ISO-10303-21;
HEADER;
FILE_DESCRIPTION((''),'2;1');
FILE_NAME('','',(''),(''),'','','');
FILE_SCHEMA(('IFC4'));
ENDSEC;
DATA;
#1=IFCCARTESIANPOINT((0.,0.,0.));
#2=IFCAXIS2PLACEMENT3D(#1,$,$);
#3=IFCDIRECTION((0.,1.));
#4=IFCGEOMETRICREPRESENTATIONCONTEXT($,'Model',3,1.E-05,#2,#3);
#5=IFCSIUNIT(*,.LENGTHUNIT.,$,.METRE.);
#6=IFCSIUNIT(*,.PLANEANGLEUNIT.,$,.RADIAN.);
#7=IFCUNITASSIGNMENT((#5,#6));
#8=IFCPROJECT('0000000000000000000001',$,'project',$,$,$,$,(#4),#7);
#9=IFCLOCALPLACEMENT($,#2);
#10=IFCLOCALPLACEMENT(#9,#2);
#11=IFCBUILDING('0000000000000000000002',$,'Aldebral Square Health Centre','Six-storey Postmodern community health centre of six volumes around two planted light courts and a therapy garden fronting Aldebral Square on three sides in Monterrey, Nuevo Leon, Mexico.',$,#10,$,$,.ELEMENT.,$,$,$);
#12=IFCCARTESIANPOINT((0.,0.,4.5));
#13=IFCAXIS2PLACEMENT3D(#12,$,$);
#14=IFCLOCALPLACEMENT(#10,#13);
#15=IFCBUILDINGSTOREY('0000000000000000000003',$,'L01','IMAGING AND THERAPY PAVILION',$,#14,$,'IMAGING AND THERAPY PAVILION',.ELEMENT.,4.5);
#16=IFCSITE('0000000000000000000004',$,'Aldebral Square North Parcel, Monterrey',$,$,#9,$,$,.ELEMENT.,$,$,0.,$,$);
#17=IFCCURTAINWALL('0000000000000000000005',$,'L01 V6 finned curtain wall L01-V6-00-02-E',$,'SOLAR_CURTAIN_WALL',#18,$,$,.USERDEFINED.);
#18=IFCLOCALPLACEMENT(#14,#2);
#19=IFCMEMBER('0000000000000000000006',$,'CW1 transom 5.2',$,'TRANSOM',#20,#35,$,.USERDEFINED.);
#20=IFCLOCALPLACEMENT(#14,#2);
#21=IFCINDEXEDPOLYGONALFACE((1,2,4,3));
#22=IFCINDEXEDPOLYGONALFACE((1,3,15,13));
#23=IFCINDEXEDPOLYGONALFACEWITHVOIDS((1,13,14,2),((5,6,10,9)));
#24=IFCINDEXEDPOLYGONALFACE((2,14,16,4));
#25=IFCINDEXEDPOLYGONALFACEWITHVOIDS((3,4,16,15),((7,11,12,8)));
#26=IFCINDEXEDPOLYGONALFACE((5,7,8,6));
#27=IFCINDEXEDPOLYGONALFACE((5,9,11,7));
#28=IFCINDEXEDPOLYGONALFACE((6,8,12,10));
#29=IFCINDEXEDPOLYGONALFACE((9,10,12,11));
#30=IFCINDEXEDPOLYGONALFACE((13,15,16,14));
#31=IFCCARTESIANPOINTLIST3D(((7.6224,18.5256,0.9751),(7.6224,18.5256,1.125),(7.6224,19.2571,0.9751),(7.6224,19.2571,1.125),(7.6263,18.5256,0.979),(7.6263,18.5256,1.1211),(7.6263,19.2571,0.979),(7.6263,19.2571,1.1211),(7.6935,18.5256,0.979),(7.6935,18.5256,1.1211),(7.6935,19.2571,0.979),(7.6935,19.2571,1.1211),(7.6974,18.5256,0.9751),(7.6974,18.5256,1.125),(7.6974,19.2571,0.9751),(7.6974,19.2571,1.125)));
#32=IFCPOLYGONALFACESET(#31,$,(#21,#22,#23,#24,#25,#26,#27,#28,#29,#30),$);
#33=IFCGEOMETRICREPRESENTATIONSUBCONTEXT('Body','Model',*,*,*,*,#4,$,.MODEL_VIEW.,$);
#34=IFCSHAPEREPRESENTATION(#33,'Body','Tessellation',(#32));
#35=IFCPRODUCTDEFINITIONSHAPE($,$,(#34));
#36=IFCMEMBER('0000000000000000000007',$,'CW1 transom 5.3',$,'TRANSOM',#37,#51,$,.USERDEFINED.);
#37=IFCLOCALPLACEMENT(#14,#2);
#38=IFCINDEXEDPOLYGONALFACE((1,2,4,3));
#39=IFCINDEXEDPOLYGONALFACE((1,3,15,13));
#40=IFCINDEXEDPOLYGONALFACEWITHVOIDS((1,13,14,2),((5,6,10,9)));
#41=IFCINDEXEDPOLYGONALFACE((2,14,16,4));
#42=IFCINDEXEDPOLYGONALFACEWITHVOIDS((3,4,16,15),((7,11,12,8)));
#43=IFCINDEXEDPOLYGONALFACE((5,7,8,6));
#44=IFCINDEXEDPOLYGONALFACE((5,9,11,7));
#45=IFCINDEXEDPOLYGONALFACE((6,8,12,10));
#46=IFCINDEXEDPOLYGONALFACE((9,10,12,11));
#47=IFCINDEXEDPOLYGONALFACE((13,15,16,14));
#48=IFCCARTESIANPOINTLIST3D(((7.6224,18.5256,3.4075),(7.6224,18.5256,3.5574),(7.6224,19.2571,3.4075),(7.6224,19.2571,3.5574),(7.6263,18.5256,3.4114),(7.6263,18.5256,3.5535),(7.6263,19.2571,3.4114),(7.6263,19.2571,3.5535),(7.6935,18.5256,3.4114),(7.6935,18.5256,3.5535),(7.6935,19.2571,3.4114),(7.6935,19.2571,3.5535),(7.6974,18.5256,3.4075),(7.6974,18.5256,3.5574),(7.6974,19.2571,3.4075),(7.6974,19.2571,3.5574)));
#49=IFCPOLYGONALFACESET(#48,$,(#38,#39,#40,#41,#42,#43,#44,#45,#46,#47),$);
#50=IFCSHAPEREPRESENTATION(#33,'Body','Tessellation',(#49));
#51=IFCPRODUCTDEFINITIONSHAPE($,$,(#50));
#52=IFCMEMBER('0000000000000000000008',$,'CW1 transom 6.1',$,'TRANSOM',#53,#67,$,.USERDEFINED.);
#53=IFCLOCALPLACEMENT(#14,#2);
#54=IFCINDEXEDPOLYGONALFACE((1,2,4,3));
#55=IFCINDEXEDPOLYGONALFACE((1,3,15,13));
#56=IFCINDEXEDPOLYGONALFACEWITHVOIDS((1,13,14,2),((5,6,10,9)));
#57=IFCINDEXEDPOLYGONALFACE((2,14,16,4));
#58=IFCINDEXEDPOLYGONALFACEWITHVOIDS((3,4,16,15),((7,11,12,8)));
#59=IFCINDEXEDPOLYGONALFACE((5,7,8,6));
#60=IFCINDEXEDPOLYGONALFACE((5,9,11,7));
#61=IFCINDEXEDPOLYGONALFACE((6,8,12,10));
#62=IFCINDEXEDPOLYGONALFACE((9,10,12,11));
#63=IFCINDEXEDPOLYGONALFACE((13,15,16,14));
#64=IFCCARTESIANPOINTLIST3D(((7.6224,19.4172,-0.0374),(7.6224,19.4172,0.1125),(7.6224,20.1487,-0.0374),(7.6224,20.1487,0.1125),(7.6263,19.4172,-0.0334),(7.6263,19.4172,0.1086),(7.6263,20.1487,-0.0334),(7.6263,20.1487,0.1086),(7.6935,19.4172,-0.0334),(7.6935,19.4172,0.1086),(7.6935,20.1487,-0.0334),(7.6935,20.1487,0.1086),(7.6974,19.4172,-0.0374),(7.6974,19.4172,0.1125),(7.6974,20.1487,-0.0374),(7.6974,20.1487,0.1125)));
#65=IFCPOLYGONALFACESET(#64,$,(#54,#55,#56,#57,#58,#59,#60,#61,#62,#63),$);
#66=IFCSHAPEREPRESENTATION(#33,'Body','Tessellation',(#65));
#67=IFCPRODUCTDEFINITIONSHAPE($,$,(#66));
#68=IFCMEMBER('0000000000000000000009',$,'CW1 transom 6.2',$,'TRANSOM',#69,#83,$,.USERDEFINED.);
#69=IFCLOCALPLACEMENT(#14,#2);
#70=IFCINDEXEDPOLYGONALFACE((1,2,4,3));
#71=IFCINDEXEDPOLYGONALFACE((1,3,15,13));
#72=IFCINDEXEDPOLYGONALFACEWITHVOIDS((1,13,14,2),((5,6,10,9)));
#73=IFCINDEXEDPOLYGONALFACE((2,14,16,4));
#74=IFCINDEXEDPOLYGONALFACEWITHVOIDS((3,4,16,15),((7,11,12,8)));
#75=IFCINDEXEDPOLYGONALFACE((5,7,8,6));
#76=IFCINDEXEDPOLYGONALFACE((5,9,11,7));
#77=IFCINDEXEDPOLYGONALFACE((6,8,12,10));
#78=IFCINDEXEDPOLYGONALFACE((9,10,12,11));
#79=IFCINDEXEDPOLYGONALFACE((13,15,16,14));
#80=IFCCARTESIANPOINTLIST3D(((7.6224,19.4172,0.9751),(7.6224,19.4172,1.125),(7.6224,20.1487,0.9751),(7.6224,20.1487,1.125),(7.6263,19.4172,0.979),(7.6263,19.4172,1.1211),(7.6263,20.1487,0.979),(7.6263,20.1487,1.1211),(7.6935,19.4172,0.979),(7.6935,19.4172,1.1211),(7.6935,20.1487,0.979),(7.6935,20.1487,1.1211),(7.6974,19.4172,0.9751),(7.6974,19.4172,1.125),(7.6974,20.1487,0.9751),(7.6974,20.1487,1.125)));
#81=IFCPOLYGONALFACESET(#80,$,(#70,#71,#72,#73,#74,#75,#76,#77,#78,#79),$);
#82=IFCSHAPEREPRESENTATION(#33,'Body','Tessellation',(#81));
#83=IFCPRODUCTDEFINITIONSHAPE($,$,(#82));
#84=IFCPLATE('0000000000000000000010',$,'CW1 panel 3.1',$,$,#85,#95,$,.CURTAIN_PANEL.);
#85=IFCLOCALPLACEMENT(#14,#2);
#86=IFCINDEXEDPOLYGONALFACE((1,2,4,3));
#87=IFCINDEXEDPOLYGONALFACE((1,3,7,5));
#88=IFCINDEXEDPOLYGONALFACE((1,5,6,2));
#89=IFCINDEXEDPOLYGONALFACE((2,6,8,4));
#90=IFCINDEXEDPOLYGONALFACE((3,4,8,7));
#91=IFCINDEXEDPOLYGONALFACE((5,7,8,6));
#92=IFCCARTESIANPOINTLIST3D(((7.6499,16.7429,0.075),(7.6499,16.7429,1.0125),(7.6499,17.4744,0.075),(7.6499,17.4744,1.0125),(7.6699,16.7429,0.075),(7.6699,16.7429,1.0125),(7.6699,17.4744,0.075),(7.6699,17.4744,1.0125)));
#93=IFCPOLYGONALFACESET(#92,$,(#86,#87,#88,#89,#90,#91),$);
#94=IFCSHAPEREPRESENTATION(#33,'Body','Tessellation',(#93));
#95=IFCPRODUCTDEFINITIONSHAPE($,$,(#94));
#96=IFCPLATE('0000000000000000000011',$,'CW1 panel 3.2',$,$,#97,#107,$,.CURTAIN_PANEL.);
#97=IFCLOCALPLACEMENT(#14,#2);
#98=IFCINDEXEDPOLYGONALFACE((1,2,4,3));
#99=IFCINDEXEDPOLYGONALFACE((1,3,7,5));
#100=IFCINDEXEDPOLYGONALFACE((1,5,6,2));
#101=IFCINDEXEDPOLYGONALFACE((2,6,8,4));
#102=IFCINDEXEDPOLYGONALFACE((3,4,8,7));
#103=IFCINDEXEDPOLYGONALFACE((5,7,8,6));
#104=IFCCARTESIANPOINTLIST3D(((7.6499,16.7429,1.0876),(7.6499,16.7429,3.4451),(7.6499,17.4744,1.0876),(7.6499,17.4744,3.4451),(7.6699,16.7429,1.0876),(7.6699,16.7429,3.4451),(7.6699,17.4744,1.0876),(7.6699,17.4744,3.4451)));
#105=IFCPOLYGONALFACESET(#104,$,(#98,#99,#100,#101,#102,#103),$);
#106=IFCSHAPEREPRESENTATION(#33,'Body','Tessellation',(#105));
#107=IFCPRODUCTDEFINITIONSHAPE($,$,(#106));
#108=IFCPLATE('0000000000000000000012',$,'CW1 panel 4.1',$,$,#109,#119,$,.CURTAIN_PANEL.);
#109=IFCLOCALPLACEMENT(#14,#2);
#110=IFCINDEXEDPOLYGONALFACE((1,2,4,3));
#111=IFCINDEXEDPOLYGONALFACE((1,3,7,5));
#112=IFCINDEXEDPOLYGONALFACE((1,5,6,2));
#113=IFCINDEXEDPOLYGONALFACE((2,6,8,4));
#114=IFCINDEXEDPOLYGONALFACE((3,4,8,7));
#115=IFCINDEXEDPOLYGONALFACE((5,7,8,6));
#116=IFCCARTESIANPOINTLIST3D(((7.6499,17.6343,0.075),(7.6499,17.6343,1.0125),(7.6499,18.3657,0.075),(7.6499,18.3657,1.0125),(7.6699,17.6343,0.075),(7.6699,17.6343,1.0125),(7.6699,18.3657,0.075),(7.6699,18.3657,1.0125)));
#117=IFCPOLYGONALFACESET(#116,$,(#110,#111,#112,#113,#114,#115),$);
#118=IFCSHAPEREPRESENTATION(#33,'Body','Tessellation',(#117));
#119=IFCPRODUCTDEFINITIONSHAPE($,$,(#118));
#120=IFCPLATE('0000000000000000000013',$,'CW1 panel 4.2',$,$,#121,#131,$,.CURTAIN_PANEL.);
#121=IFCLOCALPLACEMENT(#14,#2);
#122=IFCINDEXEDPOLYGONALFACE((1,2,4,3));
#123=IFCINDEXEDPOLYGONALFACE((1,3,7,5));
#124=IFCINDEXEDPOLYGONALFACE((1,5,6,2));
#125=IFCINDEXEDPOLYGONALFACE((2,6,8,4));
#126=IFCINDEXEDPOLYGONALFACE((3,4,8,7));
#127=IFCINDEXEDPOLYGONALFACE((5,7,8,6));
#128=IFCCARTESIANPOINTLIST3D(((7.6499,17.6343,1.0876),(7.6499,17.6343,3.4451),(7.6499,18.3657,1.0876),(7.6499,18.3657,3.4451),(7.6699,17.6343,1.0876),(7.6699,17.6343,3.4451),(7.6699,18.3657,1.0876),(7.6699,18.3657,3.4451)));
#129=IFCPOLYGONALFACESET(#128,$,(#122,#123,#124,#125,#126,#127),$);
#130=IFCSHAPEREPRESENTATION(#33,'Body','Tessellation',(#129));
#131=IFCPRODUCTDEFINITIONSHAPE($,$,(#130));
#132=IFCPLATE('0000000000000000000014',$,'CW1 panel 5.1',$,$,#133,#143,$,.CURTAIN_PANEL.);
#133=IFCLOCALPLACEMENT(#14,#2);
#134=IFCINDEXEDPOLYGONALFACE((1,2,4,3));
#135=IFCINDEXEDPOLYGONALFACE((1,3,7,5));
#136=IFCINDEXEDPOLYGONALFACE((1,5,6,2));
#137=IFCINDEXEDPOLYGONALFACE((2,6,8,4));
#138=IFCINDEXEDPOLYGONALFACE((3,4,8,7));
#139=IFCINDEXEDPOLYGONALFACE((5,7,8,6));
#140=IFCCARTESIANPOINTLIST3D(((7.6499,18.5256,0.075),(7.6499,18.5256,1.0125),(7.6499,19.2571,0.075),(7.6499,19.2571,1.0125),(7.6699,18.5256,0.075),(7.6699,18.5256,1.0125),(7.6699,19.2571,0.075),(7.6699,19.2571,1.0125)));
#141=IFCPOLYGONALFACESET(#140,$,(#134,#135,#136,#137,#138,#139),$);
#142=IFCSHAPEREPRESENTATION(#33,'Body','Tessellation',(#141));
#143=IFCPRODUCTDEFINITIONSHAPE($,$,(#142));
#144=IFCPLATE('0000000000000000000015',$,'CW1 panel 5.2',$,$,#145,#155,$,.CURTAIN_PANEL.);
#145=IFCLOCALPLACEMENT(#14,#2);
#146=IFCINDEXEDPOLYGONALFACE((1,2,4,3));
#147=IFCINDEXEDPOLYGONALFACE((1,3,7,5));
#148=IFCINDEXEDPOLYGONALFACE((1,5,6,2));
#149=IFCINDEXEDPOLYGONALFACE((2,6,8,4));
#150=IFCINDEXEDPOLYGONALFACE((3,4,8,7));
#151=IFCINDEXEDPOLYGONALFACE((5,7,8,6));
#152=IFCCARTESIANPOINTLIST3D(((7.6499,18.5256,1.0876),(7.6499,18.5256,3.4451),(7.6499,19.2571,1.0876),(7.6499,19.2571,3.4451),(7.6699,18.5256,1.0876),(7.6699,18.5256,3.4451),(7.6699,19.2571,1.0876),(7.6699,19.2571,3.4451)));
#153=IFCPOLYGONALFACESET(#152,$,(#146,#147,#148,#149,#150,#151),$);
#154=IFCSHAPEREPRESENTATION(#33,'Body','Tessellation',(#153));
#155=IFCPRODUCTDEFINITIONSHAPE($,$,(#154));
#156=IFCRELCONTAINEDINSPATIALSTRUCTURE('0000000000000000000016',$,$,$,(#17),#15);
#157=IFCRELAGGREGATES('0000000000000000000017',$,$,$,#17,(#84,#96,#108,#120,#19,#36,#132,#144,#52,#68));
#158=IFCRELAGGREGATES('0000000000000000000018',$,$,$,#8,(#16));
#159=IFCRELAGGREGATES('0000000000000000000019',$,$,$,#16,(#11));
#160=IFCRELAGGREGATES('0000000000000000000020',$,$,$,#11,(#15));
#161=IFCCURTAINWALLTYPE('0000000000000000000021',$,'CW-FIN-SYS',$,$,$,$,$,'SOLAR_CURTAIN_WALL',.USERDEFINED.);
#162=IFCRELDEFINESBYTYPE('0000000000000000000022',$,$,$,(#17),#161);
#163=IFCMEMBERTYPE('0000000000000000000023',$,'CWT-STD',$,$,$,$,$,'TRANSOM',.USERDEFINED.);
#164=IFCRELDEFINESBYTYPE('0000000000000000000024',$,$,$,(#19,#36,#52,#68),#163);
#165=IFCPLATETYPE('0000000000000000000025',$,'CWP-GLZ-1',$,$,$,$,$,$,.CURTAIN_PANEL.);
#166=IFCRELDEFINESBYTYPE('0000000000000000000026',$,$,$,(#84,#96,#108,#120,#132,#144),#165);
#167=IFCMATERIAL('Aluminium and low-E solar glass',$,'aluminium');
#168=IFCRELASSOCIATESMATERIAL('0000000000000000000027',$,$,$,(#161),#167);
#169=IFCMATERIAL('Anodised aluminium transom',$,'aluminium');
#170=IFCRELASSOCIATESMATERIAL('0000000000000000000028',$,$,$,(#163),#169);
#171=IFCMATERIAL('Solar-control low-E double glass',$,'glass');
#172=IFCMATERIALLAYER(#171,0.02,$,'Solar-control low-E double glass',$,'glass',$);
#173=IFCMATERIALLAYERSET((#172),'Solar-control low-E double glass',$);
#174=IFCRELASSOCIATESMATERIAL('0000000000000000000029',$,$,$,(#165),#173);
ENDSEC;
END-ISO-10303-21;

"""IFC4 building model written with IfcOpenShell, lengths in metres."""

from ifc_helpers import new_model, si_unit, direction, frame, origin, origin_2d, place, context, subcontext, project, spatial, rectangle, hollow_rectangle, extrude, material, layer, layer_set, material_profile, profile_set, type_object, element, aggregate, save


model = new_model("IFC4")

# Units and contexts
model_context = context("Model", 3, precision=1e-05, world=origin(), true_north=direction((0.0, 1.0)))
body_context = subcontext(model_context, "Body", "Model", "MODEL_VIEW")
ifc_project = project(units=[si_unit("LENGTHUNIT", "METRE"), si_unit("PLANEANGLEUNIT", "RADIAN")], contexts=[model_context])

# Site, building, storey
site_placement = place(None, origin())
site = spatial("IfcSite", under=ifc_project, at=site_placement, Name="Aldebral Square North Parcel, Monterrey", CompositionType="ELEMENT", RefElevation=0.0)
building_placement = place(site_placement, origin())
building = spatial("IfcBuilding", under=site, at=building_placement, Name="Aldebral Square Health Centre", Description="Six-storey Postmodern community health centre of six volumes around two planted light courts and a therapy garden fronting Aldebral Square on three sides in Monterrey, Nuevo Leon, Mexico.", CompositionType="ELEMENT")
storey_placement = place(building_placement, frame((0.0, 0.0, 4.5)))
storey = spatial("IfcBuildingStorey", under=building, at=storey_placement, Name="L01", Description="IMAGING AND THERAPY PAVILION", LongName="IMAGING AND THERAPY PAVILION", CompositionType="ELEMENT", Elevation=4.5)

# Curtain wall, members, plates
ifc_material_1 = material(Name="Aluminium and low-E solar glass", Category="aluminium")
curtain_wall_type = type_object("IfcCurtainWallType", Name="CW-FIN-SYS", ElementType="SOLAR_CURTAIN_WALL", PredefinedType="USERDEFINED", material=ifc_material_1)
curtain_wall_placement = place(storey_placement, origin())
curtain_wall = element("IfcCurtainWall", 1, at=curtain_wall_placement, inside=storey, type_object=curtain_wall_type, Name="L01 V6 finned curtain wall L01-V6-00-02-E", ObjectType="SOLAR_CURTAIN_WALL", PredefinedType="USERDEFINED")
ifc_material_2 = material(Name="Anodised aluminium transom", Category="aluminium")
ifc_material_profile_1 = material_profile(ifc_material_2, hollow_rectangle(XDim=0.075, YDim=0.1499, WallThickness=0.0039, at=origin_2d()), Name="CWT 75x150x4")
ifc_profile_set_1 = profile_set([ifc_material_profile_1], Name="Anodised aluminium transom")
member_type_1 = type_object("IfcMemberType", Name="CWT-STD", ElementType="TRANSOM", PredefinedType="USERDEFINED", material=ifc_profile_set_1)
member_1_placement = place(storey_placement, frame((7.6599, 18.5256, 1.05), z_axis=(0.0, 1.0, 0.0), x_axis=(-1.0, 0.0, 0.0)))
member_1 = element("IfcMember", 2, at=member_1_placement, type_object=member_type_1, Name="CW1 transom 5.2", ObjectType="TRANSOM", PredefinedType="USERDEFINED", context=body_context, shape_type="SweptSolid", body=[
    extrude(hollow_rectangle(XDim=0.075, YDim=0.1499, WallThickness=0.0039, at=origin_2d()), origin(), (0.0, 0.0, 1.0), 0.7314),
])
member_2_placement = place(storey_placement, frame((7.6599, 18.5256, 3.4824), z_axis=(0.0, 1.0, 0.0), x_axis=(-1.0, 0.0, 0.0)))
member_2 = element("IfcMember", 3, at=member_2_placement, type_object=member_type_1, Name="CW1 transom 5.3", ObjectType="TRANSOM", PredefinedType="USERDEFINED", context=body_context, shape_type="SweptSolid", body=[
    extrude(hollow_rectangle(XDim=0.075, YDim=0.1499, WallThickness=0.0039, at=origin_2d()), origin(), (0.0, 0.0, 1.0), 0.7314),
])
member_3_placement = place(storey_placement, frame((7.6599, 19.4172, 0.0376), z_axis=(0.0, 1.0, 0.0), x_axis=(-1.0, 0.0, 0.0)))
member_3 = element("IfcMember", 4, at=member_3_placement, type_object=member_type_1, Name="CW1 transom 6.1", ObjectType="TRANSOM", PredefinedType="USERDEFINED", context=body_context, shape_type="SweptSolid", body=[
    extrude(hollow_rectangle(XDim=0.075, YDim=0.1499, WallThickness=0.0039, at=origin_2d()), origin(), (0.0, 0.0, 1.0), 0.7314),
])
member_4_placement = place(storey_placement, frame((7.6599, 19.4172, 1.05), z_axis=(0.0, 1.0, 0.0), x_axis=(-1.0, 0.0, 0.0)))
member_4 = element("IfcMember", 5, at=member_4_placement, type_object=member_type_1, Name="CW1 transom 6.2", ObjectType="TRANSOM", PredefinedType="USERDEFINED", context=body_context, shape_type="SweptSolid", body=[
    extrude(hollow_rectangle(XDim=0.075, YDim=0.1499, WallThickness=0.0039, at=origin_2d()), origin(), (0.0, 0.0, 1.0), 0.7314),
])
ifc_material_3 = material(Name="Solar-control low-E double glass", Category="glass")
ifc_layer = layer(ifc_material_3, 0.02, Name="Solar-control low-E double glass", Category="glass")
ifc_layer_set = layer_set([ifc_layer], Name="Solar-control low-E double glass")
plate_type = type_object("IfcPlateType", Name="CWP-GLZ-1", PredefinedType="CURTAIN_PANEL", material=ifc_layer_set)
plate_1_placement = place(storey_placement, frame((7.6599, 17.1086, 0.075), z_axis=(0.0, 0.0, 1.0), x_axis=(0.0, 1.0, 0.0)))
plate_1 = element("IfcPlate", 6, at=plate_1_placement, type_object=plate_type, Name="CW1 panel 3.1", PredefinedType="CURTAIN_PANEL", context=body_context, shape_type="SweptSolid", body=[
    extrude(rectangle(XDim=0.7314, YDim=0.02, at=origin_2d()), origin(), (0.0, 0.0, 1.0), 0.9375),
])
plate_2_placement = place(storey_placement, frame((7.6599, 17.1086, 1.0876), z_axis=(0.0, 0.0, 1.0), x_axis=(0.0, 1.0, 0.0)))
plate_2 = element("IfcPlate", 7, at=plate_2_placement, type_object=plate_type, Name="CW1 panel 3.2", PredefinedType="CURTAIN_PANEL", context=body_context, shape_type="SweptSolid", body=[
    extrude(rectangle(XDim=0.7314, YDim=0.02, at=origin_2d()), origin(), (0.0, 0.0, 1.0), 2.3574),
])
plate_3_placement = place(storey_placement, frame((7.6599, 18.0, 0.075), z_axis=(0.0, 0.0, 1.0), x_axis=(0.0, 1.0, 0.0)))
plate_3 = element("IfcPlate", 8, at=plate_3_placement, type_object=plate_type, Name="CW1 panel 4.1", PredefinedType="CURTAIN_PANEL", context=body_context, shape_type="SweptSolid", body=[
    extrude(rectangle(XDim=0.7314, YDim=0.02, at=origin_2d()), origin(), (0.0, 0.0, 1.0), 0.9375),
])
plate_4_placement = place(storey_placement, frame((7.6599, 18.0, 1.0876), z_axis=(0.0, 0.0, 1.0), x_axis=(0.0, 1.0, 0.0)))
plate_4 = element("IfcPlate", 9, at=plate_4_placement, type_object=plate_type, Name="CW1 panel 4.2", PredefinedType="CURTAIN_PANEL", context=body_context, shape_type="SweptSolid", body=[
    extrude(rectangle(XDim=0.7314, YDim=0.02, at=origin_2d()), origin(), (0.0, 0.0, 1.0), 2.3574),
])
plate_5_placement = place(storey_placement, frame((7.6599, 18.8914, 0.075), z_axis=(0.0, 0.0, 1.0), x_axis=(0.0, 1.0, 0.0)))
plate_5 = element("IfcPlate", 10, at=plate_5_placement, type_object=plate_type, Name="CW1 panel 5.1", PredefinedType="CURTAIN_PANEL", context=body_context, shape_type="SweptSolid", body=[
    extrude(rectangle(XDim=0.7314, YDim=0.02, at=origin_2d()), origin(), (0.0, 0.0, 1.0), 0.9375),
])
plate_6_placement = place(storey_placement, frame((7.6599, 18.8914, 1.0876), z_axis=(0.0, 0.0, 1.0), x_axis=(0.0, 1.0, 0.0)))
plate_6 = element("IfcPlate", 11, at=plate_6_placement, type_object=plate_type, Name="CW1 panel 5.2", PredefinedType="CURTAIN_PANEL", context=body_context, shape_type="SweptSolid", body=[
    extrude(rectangle(XDim=0.7314, YDim=0.02, at=origin_2d()), origin(), (0.0, 0.0, 1.0), 2.3574),
])
aggregate(curtain_wall, [plate_1, plate_2, plate_3, plate_4, member_1, member_2, plate_5, plate_6, member_3, member_4])

save(model, "model.ifc")
